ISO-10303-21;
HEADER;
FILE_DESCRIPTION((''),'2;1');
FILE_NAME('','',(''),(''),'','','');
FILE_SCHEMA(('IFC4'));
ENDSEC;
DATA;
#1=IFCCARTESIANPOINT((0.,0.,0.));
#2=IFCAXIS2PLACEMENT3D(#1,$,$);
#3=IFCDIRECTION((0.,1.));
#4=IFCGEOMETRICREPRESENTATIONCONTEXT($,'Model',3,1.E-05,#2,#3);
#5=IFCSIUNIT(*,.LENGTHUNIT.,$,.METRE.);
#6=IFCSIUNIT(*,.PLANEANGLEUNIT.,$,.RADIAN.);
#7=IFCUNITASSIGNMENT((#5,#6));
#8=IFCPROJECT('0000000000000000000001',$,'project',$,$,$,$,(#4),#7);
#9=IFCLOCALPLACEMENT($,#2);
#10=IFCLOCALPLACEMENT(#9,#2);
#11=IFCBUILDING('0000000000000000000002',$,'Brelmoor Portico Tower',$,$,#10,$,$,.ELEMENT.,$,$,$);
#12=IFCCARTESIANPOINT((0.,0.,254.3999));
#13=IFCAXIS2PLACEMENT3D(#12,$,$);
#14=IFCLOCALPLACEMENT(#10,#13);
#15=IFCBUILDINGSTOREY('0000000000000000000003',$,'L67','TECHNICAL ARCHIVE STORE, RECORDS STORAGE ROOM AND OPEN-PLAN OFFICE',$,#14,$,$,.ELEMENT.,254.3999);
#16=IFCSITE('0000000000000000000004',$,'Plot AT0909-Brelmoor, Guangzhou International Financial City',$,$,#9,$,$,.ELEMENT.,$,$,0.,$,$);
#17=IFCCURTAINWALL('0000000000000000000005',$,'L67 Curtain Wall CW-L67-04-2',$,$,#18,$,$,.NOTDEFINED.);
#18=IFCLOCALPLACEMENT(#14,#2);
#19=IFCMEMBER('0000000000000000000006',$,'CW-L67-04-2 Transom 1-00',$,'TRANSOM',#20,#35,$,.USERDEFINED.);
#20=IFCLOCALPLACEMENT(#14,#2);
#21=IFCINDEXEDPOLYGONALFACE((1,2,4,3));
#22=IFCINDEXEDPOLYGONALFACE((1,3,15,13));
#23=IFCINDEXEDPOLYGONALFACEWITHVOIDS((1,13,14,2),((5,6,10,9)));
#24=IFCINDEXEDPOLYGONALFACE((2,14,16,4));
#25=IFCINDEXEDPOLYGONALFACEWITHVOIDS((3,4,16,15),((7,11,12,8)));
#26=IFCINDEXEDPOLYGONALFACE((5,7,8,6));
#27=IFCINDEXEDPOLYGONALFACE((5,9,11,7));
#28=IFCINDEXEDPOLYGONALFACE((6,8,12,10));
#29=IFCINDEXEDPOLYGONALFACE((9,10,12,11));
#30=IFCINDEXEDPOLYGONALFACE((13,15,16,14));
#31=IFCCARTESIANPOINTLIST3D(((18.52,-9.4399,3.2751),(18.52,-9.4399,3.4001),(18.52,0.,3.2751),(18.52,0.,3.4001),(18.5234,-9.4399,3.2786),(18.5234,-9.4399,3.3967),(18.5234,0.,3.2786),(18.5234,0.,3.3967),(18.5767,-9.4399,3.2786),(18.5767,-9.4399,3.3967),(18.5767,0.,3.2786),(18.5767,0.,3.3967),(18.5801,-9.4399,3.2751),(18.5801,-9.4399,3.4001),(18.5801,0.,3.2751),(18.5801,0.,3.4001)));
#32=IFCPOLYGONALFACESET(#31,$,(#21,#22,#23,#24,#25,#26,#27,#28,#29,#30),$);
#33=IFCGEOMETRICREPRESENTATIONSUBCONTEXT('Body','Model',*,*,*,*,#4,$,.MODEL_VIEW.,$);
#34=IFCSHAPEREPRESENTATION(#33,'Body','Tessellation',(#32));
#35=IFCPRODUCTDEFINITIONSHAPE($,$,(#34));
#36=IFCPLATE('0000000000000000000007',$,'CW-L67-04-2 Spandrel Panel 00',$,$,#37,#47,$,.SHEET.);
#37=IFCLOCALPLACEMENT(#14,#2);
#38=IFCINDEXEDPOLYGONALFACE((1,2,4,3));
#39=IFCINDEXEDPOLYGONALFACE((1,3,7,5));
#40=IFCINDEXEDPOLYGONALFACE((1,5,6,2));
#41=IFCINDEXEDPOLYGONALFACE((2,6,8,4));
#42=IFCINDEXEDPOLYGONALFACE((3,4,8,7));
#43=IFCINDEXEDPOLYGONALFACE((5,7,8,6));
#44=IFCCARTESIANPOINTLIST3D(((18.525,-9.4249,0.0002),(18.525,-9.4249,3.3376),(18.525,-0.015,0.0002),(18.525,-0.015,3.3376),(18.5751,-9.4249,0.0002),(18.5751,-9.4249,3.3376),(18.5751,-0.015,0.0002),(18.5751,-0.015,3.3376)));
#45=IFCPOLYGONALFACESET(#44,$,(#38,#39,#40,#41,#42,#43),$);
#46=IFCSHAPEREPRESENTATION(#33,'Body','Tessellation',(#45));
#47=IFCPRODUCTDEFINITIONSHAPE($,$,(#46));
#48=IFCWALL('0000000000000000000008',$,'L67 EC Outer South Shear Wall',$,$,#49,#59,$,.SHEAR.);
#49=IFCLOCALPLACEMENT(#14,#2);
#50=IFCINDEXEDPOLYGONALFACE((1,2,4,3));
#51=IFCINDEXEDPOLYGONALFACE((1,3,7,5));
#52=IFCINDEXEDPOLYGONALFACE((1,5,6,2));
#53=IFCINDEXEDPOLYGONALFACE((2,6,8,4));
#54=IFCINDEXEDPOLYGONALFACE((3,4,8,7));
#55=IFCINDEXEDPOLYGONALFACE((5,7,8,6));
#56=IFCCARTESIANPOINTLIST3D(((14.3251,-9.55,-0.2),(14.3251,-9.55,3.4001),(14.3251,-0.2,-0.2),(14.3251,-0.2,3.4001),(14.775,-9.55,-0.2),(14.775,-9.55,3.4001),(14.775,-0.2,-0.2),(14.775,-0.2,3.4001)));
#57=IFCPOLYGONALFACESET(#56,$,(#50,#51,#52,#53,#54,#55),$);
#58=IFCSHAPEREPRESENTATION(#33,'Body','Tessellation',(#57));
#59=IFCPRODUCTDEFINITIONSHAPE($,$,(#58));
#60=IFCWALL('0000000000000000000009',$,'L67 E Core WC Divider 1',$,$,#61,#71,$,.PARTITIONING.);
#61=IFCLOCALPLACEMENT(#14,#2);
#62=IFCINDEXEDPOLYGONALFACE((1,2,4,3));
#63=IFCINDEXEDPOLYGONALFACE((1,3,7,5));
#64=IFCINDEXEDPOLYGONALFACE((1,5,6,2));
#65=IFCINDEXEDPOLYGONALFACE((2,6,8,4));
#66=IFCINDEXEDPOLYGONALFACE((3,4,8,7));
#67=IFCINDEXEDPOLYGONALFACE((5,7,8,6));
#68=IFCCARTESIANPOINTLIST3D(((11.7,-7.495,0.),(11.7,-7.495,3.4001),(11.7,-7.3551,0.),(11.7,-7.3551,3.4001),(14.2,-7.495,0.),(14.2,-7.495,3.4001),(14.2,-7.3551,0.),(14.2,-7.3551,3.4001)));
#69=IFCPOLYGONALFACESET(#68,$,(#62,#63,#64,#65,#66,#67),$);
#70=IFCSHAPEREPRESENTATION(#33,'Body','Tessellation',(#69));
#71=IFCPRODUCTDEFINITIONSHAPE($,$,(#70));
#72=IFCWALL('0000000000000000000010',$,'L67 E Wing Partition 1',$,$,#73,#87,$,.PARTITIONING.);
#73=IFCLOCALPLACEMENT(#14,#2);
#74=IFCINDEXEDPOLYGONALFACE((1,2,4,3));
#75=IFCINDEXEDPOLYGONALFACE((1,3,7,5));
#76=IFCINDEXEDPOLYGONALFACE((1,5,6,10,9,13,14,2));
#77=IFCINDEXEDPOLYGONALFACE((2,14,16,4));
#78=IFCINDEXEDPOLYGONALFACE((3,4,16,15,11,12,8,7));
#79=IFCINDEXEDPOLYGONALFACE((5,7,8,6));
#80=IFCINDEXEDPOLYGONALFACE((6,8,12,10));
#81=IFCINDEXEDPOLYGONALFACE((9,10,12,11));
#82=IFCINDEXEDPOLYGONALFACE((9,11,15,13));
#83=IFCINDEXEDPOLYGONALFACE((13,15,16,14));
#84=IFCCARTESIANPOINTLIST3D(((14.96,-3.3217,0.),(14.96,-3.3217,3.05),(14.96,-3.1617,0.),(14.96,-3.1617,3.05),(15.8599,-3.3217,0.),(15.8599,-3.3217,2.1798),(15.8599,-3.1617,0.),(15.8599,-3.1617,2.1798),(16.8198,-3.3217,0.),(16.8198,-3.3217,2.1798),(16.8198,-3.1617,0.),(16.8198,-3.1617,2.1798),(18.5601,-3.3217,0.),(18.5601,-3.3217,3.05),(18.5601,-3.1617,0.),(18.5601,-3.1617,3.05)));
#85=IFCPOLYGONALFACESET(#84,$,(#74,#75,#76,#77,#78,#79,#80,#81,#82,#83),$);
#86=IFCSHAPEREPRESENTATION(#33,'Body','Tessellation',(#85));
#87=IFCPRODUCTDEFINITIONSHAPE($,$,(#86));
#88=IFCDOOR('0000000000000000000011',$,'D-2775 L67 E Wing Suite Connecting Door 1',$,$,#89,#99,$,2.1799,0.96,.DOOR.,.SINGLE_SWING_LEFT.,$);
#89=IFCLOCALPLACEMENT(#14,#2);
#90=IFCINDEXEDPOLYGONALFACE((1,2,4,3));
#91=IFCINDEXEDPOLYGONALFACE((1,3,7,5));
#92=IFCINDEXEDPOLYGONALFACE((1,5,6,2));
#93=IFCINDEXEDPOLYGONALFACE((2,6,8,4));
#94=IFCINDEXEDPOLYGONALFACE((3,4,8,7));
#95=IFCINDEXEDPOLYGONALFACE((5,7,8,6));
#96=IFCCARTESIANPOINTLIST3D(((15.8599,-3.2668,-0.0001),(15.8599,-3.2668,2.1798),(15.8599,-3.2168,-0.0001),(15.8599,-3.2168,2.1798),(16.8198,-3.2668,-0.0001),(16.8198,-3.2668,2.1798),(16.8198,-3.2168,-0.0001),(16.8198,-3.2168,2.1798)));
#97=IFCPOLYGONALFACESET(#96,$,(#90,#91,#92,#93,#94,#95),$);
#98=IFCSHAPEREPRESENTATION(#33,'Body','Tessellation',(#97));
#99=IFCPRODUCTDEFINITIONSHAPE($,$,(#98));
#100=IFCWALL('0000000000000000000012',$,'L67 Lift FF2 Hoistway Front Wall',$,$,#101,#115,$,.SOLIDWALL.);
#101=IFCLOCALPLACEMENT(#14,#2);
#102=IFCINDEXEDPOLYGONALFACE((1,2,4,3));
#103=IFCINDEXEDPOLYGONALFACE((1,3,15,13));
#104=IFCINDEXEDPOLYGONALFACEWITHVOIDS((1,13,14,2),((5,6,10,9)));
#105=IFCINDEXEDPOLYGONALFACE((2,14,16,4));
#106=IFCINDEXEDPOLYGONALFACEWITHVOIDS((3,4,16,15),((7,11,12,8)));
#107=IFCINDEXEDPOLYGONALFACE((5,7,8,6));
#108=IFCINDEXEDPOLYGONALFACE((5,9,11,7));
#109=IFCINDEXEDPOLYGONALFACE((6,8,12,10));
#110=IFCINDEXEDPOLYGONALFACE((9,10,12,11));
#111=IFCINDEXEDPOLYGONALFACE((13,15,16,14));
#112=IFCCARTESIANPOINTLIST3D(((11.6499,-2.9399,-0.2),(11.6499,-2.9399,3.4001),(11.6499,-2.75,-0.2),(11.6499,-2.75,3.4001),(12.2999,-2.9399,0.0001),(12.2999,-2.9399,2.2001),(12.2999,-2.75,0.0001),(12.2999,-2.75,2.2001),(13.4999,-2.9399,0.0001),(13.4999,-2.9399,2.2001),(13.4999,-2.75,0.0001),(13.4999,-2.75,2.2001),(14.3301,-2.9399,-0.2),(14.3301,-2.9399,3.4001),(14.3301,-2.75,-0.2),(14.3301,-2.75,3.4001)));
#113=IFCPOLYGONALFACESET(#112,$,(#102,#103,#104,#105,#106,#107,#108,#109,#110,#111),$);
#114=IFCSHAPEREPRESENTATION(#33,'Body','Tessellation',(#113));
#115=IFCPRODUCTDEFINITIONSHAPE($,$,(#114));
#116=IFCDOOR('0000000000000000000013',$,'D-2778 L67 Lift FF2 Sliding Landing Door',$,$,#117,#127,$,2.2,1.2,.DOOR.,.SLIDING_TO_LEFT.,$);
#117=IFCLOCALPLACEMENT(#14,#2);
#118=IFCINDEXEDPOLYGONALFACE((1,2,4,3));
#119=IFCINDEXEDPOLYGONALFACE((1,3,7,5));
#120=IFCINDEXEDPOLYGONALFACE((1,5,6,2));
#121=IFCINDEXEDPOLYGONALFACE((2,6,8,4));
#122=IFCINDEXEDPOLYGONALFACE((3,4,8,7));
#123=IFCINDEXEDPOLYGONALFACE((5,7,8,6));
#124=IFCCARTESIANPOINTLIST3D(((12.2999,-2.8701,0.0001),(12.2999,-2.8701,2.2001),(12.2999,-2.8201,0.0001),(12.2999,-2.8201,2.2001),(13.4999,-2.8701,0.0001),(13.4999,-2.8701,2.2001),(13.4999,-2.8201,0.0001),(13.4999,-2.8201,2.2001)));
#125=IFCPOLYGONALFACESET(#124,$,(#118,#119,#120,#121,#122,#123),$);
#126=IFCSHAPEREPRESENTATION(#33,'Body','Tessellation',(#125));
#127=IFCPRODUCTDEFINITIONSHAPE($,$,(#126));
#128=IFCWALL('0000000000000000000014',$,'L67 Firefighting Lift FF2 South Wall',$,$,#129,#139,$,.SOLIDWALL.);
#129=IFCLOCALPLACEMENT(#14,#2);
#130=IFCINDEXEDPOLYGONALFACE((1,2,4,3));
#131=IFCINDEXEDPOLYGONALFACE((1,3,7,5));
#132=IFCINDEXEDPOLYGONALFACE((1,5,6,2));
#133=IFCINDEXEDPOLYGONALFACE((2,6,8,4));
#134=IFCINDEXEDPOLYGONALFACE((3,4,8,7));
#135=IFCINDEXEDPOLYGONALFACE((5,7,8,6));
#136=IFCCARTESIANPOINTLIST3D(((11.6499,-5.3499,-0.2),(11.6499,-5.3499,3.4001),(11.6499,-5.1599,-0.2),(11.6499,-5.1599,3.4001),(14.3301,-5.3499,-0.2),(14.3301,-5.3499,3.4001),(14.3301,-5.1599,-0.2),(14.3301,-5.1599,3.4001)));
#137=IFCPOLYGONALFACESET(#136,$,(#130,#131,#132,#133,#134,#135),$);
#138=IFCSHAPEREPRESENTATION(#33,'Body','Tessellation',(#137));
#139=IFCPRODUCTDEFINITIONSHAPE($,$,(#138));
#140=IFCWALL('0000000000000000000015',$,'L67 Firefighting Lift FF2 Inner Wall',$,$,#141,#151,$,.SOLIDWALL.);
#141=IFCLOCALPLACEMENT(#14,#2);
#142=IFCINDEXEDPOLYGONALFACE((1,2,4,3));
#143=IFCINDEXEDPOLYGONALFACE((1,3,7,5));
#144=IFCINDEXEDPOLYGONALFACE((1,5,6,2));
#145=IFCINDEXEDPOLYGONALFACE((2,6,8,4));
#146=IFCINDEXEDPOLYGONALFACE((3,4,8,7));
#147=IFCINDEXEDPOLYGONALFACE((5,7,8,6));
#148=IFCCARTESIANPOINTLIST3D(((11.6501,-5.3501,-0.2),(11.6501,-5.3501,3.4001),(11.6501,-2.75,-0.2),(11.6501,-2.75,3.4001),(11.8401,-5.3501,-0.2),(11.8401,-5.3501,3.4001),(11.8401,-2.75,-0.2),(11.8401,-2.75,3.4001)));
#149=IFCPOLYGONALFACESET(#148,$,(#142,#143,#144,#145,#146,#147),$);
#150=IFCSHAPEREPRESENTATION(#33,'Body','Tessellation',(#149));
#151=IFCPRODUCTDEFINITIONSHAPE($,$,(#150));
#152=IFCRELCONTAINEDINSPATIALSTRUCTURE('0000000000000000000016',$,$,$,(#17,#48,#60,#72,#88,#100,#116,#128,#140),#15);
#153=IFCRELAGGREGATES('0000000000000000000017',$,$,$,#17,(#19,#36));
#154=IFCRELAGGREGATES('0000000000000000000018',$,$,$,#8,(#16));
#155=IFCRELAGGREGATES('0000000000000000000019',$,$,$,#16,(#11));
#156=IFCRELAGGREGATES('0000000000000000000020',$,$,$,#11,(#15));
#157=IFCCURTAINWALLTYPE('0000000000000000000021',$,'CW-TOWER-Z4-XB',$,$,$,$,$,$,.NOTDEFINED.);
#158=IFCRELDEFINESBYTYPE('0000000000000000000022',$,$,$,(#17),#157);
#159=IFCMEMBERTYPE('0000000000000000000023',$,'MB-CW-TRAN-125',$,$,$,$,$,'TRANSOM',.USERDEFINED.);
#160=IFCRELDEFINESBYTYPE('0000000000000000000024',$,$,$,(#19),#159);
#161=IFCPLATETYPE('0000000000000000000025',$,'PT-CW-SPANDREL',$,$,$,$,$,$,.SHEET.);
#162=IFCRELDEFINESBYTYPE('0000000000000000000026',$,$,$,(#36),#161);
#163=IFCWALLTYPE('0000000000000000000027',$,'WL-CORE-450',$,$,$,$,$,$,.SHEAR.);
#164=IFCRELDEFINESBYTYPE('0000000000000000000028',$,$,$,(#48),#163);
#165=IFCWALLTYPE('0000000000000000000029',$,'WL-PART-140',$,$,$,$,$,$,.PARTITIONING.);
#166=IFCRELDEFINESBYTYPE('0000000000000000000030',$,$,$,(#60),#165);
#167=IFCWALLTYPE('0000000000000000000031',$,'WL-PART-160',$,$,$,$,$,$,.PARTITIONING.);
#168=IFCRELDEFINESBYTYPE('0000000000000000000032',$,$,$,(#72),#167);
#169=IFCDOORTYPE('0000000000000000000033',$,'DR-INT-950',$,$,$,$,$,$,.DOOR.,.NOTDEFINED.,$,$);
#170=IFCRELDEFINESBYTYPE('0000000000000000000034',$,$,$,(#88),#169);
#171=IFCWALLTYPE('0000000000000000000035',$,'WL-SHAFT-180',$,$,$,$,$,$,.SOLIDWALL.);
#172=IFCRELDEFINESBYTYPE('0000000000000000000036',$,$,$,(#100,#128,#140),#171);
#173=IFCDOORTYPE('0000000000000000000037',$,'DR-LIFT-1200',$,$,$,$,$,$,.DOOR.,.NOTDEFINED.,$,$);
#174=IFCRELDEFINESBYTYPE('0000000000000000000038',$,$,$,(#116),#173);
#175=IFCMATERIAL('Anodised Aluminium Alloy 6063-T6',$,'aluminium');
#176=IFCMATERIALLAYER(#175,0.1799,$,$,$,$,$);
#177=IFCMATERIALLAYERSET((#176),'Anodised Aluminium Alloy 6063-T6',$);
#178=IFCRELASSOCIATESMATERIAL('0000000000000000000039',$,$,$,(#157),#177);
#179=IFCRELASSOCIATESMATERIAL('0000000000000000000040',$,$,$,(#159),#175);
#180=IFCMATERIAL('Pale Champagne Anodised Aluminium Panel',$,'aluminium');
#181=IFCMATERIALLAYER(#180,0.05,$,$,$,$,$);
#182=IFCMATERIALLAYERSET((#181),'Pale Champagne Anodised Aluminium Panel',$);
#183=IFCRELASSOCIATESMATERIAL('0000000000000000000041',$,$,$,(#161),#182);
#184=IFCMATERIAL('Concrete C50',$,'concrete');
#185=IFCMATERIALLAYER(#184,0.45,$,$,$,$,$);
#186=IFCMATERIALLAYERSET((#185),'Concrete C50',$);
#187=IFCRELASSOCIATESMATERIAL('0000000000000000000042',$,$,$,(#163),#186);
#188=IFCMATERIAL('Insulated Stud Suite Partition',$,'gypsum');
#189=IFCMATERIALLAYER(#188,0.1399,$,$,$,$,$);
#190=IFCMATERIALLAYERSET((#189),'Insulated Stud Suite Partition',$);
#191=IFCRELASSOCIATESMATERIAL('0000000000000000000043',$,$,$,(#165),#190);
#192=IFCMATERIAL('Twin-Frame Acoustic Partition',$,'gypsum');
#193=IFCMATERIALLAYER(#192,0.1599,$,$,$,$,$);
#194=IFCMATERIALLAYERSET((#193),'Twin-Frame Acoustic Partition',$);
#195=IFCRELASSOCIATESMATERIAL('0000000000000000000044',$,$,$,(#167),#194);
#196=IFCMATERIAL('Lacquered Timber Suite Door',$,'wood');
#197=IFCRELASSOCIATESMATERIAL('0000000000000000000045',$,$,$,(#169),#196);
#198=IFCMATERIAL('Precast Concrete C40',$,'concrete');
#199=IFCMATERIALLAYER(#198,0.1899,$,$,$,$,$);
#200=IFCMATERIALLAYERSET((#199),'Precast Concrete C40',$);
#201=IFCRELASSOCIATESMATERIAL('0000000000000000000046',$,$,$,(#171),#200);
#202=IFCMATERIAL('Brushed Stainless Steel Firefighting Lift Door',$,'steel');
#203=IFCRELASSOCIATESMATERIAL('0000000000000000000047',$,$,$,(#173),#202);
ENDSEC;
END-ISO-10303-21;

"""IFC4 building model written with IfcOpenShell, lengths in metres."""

from ifc_helpers import new_model, si_unit, direction, frame, frame_2d, origin, origin_2d, place, context, subcontext, project, spatial, rectangle, hollow_rectangle, extrude, material, layer, layer_set, material_profile, profile_set, type_object, element, fill, aggregate, save


model = new_model("IFC4")

# Units and contexts
model_context = context("Model", 3, precision=1e-05, world=origin(), true_north=direction((0.0, 1.0)))
body_context = subcontext(model_context, "Body", "Model", "MODEL_VIEW")
ifc_project = project(units=[si_unit("LENGTHUNIT", "METRE"), si_unit("PLANEANGLEUNIT", "RADIAN")], contexts=[model_context])

# Site, building, storey
site_placement = place(None, origin())
site = spatial("IfcSite", under=ifc_project, at=site_placement, Name="Plot AT0909-Brelmoor, Guangzhou International Financial City", CompositionType="ELEMENT", RefElevation=0.0)
building_placement = place(site_placement, origin())
building = spatial("IfcBuilding", under=site, at=building_placement, Name="Brelmoor Portico Tower", CompositionType="ELEMENT")
storey_placement = place(building_placement, frame((0.0, 0.0, 254.3999)))
storey = spatial("IfcBuildingStorey", under=building, at=storey_placement, Name="L67", Description="TECHNICAL ARCHIVE STORE, RECORDS STORAGE ROOM AND OPEN-PLAN OFFICE", CompositionType="ELEMENT", Elevation=254.3999)

# Shared definitions
ifc_material_1 = material(Name="Anodised Aluminium Alloy 6063-T6", Category="aluminium")

# Curtain wall, member, plate
ifc_layer_1 = layer(ifc_material_1, 0.1799)
ifc_layer_set_1 = layer_set([ifc_layer_1], Name="Anodised Aluminium Alloy 6063-T6")
curtain_wall_type_1 = type_object("IfcCurtainWallType", Name="CW-TOWER-Z4-XB", PredefinedType="NOTDEFINED", material=ifc_layer_set_1)
curtain_wall_1_placement = place(storey_placement, origin())
curtain_wall_1 = element("IfcCurtainWall", 1, at=curtain_wall_1_placement, inside=storey, type_object=curtain_wall_type_1, Name="L67 Curtain Wall CW-L67-04-2", PredefinedType="NOTDEFINED")
ifc_material_profile_1 = material_profile(ifc_material_1, hollow_rectangle(XDim=0.0601, YDim=0.125, WallThickness=0.0034, at=origin_2d()), Name="ALU TRANSOM 60x125")
ifc_profile_set_1 = profile_set([ifc_material_profile_1], Name="Anodised Aluminium Alloy 6063-T6")
member_type_1 = type_object("IfcMemberType", Name="MB-CW-TRAN-125", ElementType="TRANSOM", PredefinedType="USERDEFINED", material=ifc_profile_set_1)
member_1_placement = place(storey_placement, frame((18.55, -9.4399, 3.3376), z_axis=(0.0, 1.0, 0.0), x_axis=(-1.0, 0.0, 0.0)))
member_1 = element("IfcMember", 2, at=member_1_placement, type_object=member_type_1, Name="CW-L67-04-2 Transom 1-00", ObjectType="TRANSOM", PredefinedType="USERDEFINED", context=body_context, shape_type="SweptSolid", body=[
    extrude(hollow_rectangle(XDim=0.0601, YDim=0.125, WallThickness=0.0034, at=origin_2d()), origin(), (0.0, 0.0, 1.0), 9.4399),
])
ifc_material_2 = material(Name="Pale Champagne Anodised Aluminium Panel", Category="aluminium")
ifc_layer_2 = layer(ifc_material_2, 0.05)
ifc_layer_set_2 = layer_set([ifc_layer_2], Name="Pale Champagne Anodised Aluminium Panel")
plate_type = type_object("IfcPlateType", Name="PT-CW-SPANDREL", PredefinedType="SHEET", material=ifc_layer_set_2)
plate_placement = place(storey_placement, frame((18.55, -4.72, 0.0002), z_axis=(0.0, 0.0, 1.0), x_axis=(0.0, 1.0, 0.0)))
plate = element("IfcPlate", 3, at=plate_placement, type_object=plate_type, Name="CW-L67-04-2 Spandrel Panel 00", PredefinedType="SHEET", context=body_context, shape_type="SweptSolid", body=[
    extrude(rectangle(XDim=9.4099, YDim=0.05, at=origin_2d()), origin(), (0.0, 0.0, 1.0), 3.3374),
])
aggregate(curtain_wall_1, [member_1, plate])

# Walls
ifc_material_3 = material(Name="Concrete C50", Category="concrete")
ifc_layer_3 = layer(ifc_material_3, 0.45)
ifc_layer_set_3 = layer_set([ifc_layer_3], Name="Concrete C50")
wall_type_1 = type_object("IfcWallType", Name="WL-CORE-450", PredefinedType="SHEAR", material=ifc_layer_set_3)
wall_1_placement = place(storey_placement, frame((14.55, -9.55, -0.2), z_axis=(0.0, 0.0, 1.0), x_axis=(0.0, 1.0, 0.0)))
element("IfcWall", 4, at=wall_1_placement, inside=storey, type_object=wall_type_1, Name="L67 EC Outer South Shear Wall", PredefinedType="SHEAR", context=body_context, shape_type="SweptSolid", body=[
    extrude(rectangle(XDim=9.3501, YDim=0.45, at=frame_2d((4.675, 0.0))), origin(), (0.0, 0.0, 1.0), 3.6001),
])
ifc_material_4 = material(Name="Insulated Stud Suite Partition", Category="gypsum")
ifc_layer_4 = layer(ifc_material_4, 0.1399)
ifc_layer_set_4 = layer_set([ifc_layer_4], Name="Insulated Stud Suite Partition")
wall_type_2 = type_object("IfcWallType", Name="WL-PART-140", PredefinedType="PARTITIONING", material=ifc_layer_set_4)
wall_2_placement = place(storey_placement, frame((11.7, -7.425, 0.0), z_axis=(0.0, 0.0, 1.0), x_axis=(1.0, 0.0, 0.0)))
element("IfcWall", 5, at=wall_2_placement, inside=storey, type_object=wall_type_2, Name="L67 E Core WC Divider 1", PredefinedType="PARTITIONING", context=body_context, shape_type="SweptSolid", body=[
    extrude(rectangle(XDim=2.5, YDim=0.1399, at=frame_2d((1.25, 0.0))), origin(), (0.0, 0.0, 1.0), 3.4001),
])

# Shared definitions
ifc_material_5 = material(Name="Twin-Frame Acoustic Partition", Category="gypsum")
ifc_layer_5 = layer(ifc_material_5, 0.1599)
ifc_layer_set_5 = layer_set([ifc_layer_5], Name="Twin-Frame Acoustic Partition")
wall_type_3 = type_object("IfcWallType", Name="WL-PART-160", PredefinedType="PARTITIONING", material=ifc_layer_set_5)
ifc_material_6 = material(Name="Lacquered Timber Suite Door", Category="wood")

# Walls, openings, doors
wall_3_placement = place(storey_placement, frame((14.96, -3.2417, 0.0), z_axis=(0.0, 0.0, 1.0), x_axis=(1.0, 0.0, 0.0)))
wall_3 = element("IfcWall", 6, at=wall_3_placement, inside=storey, type_object=wall_type_3, Name="L67 E Wing Partition 1", PredefinedType="PARTITIONING", context=body_context, shape_type="SweptSolid", body=[
    extrude(rectangle(XDim=3.6001, YDim=0.1599, at=frame_2d((1.8, 0.0))), origin(), (0.0, 0.0, 1.0), 3.05),
])
opening_1_placement = place(wall_3_placement, frame((0.8999, 0.0, 0.0)))
opening_1 = element("IfcOpeningElement", 7, at=opening_1_placement, cuts=wall_3, PredefinedType="OPENING", context=body_context, shape_type="SweptSolid", body=[
    extrude(rectangle(XDim=0.96, YDim=2.1799, at=frame_2d((0.48, 1.0898))), frame((0.0, 0.0898, 0.0), z_axis=(0.0, -1.0, 0.0), x_axis=(1.0, 0.0, 0.0)), (0.0, 0.0, 1.0), 0.1799),
])
door_type_1 = type_object("IfcDoorType", Name="DR-INT-950", OperationType="NOTDEFINED", PredefinedType="DOOR", material=ifc_material_6)
door_1_placement = place(opening_1_placement, origin())
door_1 = element("IfcDoor", 8, at=door_1_placement, inside=storey, type_object=door_type_1, Name="D-2775 L67 E Wing Suite Connecting Door 1", OperationType="SINGLE_SWING_LEFT", OverallHeight=2.1799, OverallWidth=0.96, PredefinedType="DOOR", context=body_context, shape_type="SweptSolid", body=[
    extrude(rectangle(XDim=0.96, YDim=2.1799, at=frame_2d((0.48, 1.0898))), frame((0.0, 0.0249, 0.0), z_axis=(0.0, -1.0, 0.0), x_axis=(1.0, 0.0, 0.0)), (0.0, 0.0, 1.0), 0.05),
])
fill(opening_1, door_1)
ifc_material_7 = material(Name="Precast Concrete C40", Category="concrete")
ifc_layer_6 = layer(ifc_material_7, 0.1899)
ifc_layer_set_6 = layer_set([ifc_layer_6], Name="Precast Concrete C40")
wall_type_4 = type_object("IfcWallType", Name="WL-SHAFT-180", PredefinedType="SOLIDWALL", material=ifc_layer_set_6)
wall_4_placement = place(storey_placement, frame((11.6499, -2.845, -0.2), z_axis=(0.0, 0.0, 1.0), x_axis=(1.0, 0.0, 0.0)))
wall_4 = element("IfcWall", 9, at=wall_4_placement, inside=storey, type_object=wall_type_4, Name="L67 Lift FF2 Hoistway Front Wall", PredefinedType="SOLIDWALL", context=body_context, shape_type="SweptSolid", body=[
    extrude(rectangle(XDim=2.6802, YDim=0.1899, at=frame_2d((1.3401, 0.0))), origin(), (0.0, 0.0, 1.0), 3.6001),
])
opening_2_placement = place(wall_4_placement, frame((0.6499, 0.0, 0.2)))
opening_2 = element("IfcOpeningElement", 10, at=opening_2_placement, cuts=wall_4, PredefinedType="OPENING", context=body_context, shape_type="SweptSolid", body=[
    extrude(rectangle(XDim=1.2, YDim=2.2, at=frame_2d((0.6001, 1.1001))), frame((0.0, 0.105, 0.0), z_axis=(0.0, -1.0, 0.0), x_axis=(1.0, 0.0, 0.0)), (0.0, 0.0, 1.0), 0.21),
])
ifc_material_8 = material(Name="Brushed Stainless Steel Firefighting Lift Door", Category="steel")
door_type_2 = type_object("IfcDoorType", Name="DR-LIFT-1200", OperationType="NOTDEFINED", PredefinedType="DOOR", material=ifc_material_8)
door_2_placement = place(opening_2_placement, origin())
door_2 = element("IfcDoor", 11, at=door_2_placement, inside=storey, type_object=door_type_2, Name="D-2778 L67 Lift FF2 Sliding Landing Door", OperationType="SLIDING_TO_LEFT", OverallHeight=2.2, OverallWidth=1.2, PredefinedType="DOOR", context=body_context, shape_type="SweptSolid", body=[
    extrude(rectangle(XDim=1.2, YDim=2.2, at=frame_2d((0.6001, 1.1001))), frame((0.0, 0.0249, 0.0), z_axis=(0.0, -1.0, 0.0), x_axis=(1.0, 0.0, 0.0)), (0.0, 0.0, 1.0), 0.05),
])
fill(opening_2, door_2)

# Walls
wall_5_placement = place(storey_placement, frame((11.6499, -5.2549, -0.2), z_axis=(0.0, 0.0, 1.0), x_axis=(1.0, 0.0, 0.0)))
element("IfcWall", 12, at=wall_5_placement, inside=storey, type_object=wall_type_4, Name="L67 Firefighting Lift FF2 South Wall", PredefinedType="SOLIDWALL", context=body_context, shape_type="SweptSolid", body=[
    extrude(rectangle(XDim=2.6802, YDim=0.1899, at=frame_2d((1.3401, 0.0))), origin(), (0.0, 0.0, 1.0), 3.6001),
])
wall_6_placement = place(storey_placement, frame((11.7451, -5.3501, -0.2), z_axis=(0.0, 0.0, 1.0), x_axis=(0.0, 1.0, 0.0)))
element("IfcWall", 13, at=wall_6_placement, inside=storey, type_object=wall_type_4, Name="L67 Firefighting Lift FF2 Inner Wall", PredefinedType="SOLIDWALL", context=body_context, shape_type="SweptSolid", body=[
    extrude(rectangle(XDim=2.6001, YDim=0.1899, at=frame_2d((1.3, 0.0))), origin(), (0.0, 0.0, 1.0), 3.6001),
])

save(model, "model.ifc")
